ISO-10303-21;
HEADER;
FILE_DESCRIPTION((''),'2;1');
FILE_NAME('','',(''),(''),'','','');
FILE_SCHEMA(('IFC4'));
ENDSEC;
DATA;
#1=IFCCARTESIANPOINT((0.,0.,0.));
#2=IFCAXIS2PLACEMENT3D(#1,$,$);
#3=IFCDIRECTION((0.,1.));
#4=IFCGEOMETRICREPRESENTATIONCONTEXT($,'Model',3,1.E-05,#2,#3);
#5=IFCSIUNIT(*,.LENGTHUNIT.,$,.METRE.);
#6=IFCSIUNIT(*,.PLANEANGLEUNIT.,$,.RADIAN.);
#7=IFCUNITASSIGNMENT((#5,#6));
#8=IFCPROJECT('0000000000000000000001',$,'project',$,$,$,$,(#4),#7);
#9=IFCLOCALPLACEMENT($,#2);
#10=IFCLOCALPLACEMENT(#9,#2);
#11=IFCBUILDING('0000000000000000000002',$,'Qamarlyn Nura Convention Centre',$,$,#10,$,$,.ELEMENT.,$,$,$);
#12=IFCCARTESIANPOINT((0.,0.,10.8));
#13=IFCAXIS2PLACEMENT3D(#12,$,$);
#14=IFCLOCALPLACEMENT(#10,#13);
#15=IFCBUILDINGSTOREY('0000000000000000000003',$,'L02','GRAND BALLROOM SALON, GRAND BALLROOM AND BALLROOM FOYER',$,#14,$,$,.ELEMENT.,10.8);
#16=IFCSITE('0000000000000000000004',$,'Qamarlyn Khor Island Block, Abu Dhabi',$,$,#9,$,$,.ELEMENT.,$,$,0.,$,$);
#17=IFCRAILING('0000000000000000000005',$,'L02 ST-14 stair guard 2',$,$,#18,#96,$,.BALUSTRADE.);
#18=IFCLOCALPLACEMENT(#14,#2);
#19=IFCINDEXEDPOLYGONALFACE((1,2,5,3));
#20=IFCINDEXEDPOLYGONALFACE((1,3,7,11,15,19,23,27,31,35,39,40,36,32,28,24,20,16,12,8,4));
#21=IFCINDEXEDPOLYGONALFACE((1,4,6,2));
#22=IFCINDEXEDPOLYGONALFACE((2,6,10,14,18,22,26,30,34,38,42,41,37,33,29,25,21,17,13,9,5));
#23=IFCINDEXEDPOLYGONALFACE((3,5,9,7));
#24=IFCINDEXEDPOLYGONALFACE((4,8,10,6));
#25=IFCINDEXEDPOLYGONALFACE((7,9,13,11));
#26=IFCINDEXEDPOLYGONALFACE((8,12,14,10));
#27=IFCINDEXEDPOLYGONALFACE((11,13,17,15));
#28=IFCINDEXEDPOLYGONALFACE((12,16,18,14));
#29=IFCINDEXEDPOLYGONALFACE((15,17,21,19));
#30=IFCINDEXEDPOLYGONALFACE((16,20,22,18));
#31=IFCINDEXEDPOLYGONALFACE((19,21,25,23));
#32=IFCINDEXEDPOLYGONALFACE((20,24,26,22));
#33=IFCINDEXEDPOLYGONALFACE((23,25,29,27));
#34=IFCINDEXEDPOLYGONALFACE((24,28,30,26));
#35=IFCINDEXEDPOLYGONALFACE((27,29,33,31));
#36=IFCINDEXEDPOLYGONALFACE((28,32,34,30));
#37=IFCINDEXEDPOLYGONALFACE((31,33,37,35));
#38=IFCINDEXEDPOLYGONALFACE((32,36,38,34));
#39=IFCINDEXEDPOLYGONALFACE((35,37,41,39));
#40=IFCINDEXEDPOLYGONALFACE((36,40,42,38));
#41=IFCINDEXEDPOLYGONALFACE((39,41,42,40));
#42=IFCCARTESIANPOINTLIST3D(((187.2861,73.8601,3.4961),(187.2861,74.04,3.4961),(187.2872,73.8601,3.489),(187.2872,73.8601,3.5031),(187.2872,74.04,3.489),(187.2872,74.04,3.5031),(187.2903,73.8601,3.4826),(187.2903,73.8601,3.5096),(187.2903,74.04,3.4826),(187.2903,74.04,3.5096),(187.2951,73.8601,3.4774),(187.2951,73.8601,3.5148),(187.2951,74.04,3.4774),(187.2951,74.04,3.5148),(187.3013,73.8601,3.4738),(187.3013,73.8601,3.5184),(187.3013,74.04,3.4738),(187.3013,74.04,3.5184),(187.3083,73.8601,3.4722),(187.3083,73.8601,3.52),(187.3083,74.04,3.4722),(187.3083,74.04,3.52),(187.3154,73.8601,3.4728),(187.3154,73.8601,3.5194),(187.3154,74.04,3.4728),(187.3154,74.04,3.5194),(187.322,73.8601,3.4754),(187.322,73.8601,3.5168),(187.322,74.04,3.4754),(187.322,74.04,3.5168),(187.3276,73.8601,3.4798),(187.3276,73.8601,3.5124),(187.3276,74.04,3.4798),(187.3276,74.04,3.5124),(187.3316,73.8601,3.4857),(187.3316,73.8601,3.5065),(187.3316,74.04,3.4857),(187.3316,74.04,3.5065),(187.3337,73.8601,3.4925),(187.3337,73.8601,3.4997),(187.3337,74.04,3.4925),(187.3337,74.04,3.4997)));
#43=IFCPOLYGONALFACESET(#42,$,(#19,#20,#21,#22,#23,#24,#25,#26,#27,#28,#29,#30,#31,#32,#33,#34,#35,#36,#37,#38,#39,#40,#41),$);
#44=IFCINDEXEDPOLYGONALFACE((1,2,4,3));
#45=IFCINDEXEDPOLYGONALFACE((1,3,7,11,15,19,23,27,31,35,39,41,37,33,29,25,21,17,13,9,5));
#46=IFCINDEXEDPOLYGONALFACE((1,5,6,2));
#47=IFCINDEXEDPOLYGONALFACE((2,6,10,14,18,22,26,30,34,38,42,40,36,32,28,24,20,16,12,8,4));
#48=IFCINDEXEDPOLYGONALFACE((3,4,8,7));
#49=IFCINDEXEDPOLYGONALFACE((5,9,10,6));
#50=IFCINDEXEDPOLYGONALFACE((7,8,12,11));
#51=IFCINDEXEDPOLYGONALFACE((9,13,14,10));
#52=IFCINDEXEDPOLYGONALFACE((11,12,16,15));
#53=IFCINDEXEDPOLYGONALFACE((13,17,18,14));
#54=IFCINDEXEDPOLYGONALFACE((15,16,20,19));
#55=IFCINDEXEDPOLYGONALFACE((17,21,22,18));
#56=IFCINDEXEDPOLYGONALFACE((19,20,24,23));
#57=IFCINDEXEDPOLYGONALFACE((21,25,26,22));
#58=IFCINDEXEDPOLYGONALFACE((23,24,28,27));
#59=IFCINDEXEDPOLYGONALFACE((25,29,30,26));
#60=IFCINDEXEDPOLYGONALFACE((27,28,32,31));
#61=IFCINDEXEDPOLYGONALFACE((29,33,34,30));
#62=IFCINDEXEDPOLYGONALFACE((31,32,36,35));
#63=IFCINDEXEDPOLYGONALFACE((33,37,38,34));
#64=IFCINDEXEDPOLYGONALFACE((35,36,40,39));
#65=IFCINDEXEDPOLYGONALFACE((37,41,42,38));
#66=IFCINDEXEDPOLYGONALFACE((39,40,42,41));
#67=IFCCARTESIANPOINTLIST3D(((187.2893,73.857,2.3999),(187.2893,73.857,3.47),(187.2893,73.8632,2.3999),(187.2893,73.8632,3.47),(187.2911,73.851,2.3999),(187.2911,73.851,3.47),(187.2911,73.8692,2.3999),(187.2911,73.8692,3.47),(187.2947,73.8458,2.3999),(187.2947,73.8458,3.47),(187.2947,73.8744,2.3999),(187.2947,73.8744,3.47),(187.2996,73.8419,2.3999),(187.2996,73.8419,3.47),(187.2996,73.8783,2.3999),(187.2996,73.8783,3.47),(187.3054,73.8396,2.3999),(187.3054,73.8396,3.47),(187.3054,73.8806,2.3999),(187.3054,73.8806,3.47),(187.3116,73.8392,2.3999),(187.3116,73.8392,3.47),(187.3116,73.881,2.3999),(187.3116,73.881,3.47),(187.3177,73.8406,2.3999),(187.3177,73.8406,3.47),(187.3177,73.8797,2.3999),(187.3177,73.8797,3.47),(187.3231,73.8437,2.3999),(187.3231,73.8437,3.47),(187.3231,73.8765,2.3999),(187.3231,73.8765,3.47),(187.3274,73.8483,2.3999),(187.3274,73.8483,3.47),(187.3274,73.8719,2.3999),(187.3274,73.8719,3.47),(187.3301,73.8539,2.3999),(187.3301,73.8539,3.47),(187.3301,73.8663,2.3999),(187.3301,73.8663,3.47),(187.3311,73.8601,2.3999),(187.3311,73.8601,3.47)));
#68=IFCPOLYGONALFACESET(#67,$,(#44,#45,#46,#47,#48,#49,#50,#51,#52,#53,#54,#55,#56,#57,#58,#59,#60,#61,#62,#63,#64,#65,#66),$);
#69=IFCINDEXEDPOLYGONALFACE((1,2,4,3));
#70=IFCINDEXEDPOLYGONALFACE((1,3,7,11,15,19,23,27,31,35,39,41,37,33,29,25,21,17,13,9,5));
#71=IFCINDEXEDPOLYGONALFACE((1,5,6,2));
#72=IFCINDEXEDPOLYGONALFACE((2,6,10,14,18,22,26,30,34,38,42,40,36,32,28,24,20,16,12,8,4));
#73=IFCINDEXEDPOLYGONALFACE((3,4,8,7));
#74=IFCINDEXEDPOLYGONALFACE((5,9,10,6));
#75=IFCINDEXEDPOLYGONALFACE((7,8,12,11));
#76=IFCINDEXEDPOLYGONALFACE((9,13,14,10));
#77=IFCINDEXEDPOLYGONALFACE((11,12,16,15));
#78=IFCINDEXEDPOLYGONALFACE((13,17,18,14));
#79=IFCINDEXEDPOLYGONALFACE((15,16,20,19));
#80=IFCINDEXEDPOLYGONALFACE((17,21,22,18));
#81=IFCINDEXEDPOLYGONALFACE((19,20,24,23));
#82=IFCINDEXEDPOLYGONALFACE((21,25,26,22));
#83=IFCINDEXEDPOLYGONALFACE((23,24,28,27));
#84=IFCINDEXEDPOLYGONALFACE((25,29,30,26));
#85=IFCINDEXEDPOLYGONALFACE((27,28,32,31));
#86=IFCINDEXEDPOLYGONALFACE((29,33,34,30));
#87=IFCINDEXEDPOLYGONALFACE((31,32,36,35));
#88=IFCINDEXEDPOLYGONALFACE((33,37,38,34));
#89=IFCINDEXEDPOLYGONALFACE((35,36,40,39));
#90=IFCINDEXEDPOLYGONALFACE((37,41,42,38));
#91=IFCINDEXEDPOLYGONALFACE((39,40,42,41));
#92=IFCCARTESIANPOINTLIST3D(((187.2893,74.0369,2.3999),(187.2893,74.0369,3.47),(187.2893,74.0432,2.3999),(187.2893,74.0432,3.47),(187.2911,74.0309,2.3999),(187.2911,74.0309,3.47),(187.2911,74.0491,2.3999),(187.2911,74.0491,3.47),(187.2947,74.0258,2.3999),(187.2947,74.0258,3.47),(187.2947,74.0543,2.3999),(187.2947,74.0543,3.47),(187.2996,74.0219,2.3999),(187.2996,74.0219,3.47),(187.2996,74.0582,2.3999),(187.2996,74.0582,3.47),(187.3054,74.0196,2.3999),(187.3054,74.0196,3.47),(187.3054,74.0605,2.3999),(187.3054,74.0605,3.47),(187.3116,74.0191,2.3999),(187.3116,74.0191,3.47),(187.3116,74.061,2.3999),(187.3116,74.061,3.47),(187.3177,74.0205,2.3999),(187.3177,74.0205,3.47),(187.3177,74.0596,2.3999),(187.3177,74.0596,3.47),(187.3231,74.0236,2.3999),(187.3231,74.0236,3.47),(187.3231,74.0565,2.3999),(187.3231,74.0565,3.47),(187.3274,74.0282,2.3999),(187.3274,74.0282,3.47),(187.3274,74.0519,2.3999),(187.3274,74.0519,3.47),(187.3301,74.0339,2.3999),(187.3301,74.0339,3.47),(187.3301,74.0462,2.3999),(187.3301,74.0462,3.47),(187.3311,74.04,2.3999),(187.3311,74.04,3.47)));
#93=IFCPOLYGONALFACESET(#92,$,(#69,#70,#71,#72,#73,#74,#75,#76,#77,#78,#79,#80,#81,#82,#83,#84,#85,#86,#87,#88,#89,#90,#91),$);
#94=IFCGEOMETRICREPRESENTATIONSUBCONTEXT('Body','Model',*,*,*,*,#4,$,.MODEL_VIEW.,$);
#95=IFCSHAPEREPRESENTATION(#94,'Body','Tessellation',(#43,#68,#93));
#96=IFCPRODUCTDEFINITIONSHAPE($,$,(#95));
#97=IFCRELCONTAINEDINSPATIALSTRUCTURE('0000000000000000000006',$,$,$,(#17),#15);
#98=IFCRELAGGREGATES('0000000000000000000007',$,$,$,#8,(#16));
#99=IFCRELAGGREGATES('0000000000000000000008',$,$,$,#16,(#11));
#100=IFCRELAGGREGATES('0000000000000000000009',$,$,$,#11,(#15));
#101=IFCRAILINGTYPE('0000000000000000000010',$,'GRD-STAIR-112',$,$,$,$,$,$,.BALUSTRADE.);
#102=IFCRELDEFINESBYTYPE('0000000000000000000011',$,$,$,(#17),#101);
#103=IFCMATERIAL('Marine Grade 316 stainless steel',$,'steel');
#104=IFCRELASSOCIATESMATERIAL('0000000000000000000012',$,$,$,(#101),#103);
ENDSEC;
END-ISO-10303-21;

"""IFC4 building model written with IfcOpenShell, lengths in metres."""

from ifc_helpers import new_model, si_unit, direction, frame, origin, origin_2d, place, context, subcontext, project, spatial, circle, extrude, material, type_object, element, save


model = new_model("IFC4")

# Units and contexts
model_context = context("Model", 3, precision=1e-05, world=origin(), true_north=direction((0.0, 1.0)))
body_context = subcontext(model_context, "Body", "Model", "MODEL_VIEW")
ifc_project = project(units=[si_unit("LENGTHUNIT", "METRE"), si_unit("PLANEANGLEUNIT", "RADIAN")], contexts=[model_context])

# Site, building, storey
site_placement = place(None, origin())
site = spatial("IfcSite", under=ifc_project, at=site_placement, Name="Qamarlyn Khor Island Block, Abu Dhabi", CompositionType="ELEMENT", RefElevation=0.0)
building_placement = place(site_placement, origin())
building = spatial("IfcBuilding", under=site, at=building_placement, Name="Qamarlyn Nura Convention Centre", CompositionType="ELEMENT")
storey_placement = place(building_placement, frame((0.0, 0.0, 10.8)))
storey = spatial("IfcBuildingStorey", under=building, at=storey_placement, Name="L02", Description="GRAND BALLROOM SALON, GRAND BALLROOM AND BALLROOM FOYER", CompositionType="ELEMENT", Elevation=10.8)

# Railing
ifc_material_1 = material(Name="Marine Grade 316 stainless steel", Category="steel")
railing_type_1 = type_object("IfcRailingType", Name="GRD-STAIR-112", PredefinedType="BALUSTRADE", material=ifc_material_1)
railing_1_placement = place(storey_placement, frame((187.3101, 73.8601, 2.3999)))
element("IfcRailing", 1, at=railing_1_placement, inside=storey, type_object=railing_type_1, Name="L02 ST-14 stair guard 2", PredefinedType="BALUSTRADE", context=body_context, shape_type="SweptSolid", body=[
    extrude(circle(Radius=0.0239, at=origin_2d()), frame((0.0, 0.0, 1.0962), z_axis=(0.0, 1.0, 0.0), x_axis=(-1.0, 0.0, 0.0)), (0.0, 0.0, 1.0), 0.1799),
    extrude(circle(Radius=0.021, at=origin_2d()), origin(), (0.0, 0.0, 1.0), 1.0701),
    extrude(circle(Radius=0.021, at=origin_2d()), frame((0.0, 0.1799, 0.0)), (0.0, 0.0, 1.0), 1.0701),
])

save(model, "model.ifc")
